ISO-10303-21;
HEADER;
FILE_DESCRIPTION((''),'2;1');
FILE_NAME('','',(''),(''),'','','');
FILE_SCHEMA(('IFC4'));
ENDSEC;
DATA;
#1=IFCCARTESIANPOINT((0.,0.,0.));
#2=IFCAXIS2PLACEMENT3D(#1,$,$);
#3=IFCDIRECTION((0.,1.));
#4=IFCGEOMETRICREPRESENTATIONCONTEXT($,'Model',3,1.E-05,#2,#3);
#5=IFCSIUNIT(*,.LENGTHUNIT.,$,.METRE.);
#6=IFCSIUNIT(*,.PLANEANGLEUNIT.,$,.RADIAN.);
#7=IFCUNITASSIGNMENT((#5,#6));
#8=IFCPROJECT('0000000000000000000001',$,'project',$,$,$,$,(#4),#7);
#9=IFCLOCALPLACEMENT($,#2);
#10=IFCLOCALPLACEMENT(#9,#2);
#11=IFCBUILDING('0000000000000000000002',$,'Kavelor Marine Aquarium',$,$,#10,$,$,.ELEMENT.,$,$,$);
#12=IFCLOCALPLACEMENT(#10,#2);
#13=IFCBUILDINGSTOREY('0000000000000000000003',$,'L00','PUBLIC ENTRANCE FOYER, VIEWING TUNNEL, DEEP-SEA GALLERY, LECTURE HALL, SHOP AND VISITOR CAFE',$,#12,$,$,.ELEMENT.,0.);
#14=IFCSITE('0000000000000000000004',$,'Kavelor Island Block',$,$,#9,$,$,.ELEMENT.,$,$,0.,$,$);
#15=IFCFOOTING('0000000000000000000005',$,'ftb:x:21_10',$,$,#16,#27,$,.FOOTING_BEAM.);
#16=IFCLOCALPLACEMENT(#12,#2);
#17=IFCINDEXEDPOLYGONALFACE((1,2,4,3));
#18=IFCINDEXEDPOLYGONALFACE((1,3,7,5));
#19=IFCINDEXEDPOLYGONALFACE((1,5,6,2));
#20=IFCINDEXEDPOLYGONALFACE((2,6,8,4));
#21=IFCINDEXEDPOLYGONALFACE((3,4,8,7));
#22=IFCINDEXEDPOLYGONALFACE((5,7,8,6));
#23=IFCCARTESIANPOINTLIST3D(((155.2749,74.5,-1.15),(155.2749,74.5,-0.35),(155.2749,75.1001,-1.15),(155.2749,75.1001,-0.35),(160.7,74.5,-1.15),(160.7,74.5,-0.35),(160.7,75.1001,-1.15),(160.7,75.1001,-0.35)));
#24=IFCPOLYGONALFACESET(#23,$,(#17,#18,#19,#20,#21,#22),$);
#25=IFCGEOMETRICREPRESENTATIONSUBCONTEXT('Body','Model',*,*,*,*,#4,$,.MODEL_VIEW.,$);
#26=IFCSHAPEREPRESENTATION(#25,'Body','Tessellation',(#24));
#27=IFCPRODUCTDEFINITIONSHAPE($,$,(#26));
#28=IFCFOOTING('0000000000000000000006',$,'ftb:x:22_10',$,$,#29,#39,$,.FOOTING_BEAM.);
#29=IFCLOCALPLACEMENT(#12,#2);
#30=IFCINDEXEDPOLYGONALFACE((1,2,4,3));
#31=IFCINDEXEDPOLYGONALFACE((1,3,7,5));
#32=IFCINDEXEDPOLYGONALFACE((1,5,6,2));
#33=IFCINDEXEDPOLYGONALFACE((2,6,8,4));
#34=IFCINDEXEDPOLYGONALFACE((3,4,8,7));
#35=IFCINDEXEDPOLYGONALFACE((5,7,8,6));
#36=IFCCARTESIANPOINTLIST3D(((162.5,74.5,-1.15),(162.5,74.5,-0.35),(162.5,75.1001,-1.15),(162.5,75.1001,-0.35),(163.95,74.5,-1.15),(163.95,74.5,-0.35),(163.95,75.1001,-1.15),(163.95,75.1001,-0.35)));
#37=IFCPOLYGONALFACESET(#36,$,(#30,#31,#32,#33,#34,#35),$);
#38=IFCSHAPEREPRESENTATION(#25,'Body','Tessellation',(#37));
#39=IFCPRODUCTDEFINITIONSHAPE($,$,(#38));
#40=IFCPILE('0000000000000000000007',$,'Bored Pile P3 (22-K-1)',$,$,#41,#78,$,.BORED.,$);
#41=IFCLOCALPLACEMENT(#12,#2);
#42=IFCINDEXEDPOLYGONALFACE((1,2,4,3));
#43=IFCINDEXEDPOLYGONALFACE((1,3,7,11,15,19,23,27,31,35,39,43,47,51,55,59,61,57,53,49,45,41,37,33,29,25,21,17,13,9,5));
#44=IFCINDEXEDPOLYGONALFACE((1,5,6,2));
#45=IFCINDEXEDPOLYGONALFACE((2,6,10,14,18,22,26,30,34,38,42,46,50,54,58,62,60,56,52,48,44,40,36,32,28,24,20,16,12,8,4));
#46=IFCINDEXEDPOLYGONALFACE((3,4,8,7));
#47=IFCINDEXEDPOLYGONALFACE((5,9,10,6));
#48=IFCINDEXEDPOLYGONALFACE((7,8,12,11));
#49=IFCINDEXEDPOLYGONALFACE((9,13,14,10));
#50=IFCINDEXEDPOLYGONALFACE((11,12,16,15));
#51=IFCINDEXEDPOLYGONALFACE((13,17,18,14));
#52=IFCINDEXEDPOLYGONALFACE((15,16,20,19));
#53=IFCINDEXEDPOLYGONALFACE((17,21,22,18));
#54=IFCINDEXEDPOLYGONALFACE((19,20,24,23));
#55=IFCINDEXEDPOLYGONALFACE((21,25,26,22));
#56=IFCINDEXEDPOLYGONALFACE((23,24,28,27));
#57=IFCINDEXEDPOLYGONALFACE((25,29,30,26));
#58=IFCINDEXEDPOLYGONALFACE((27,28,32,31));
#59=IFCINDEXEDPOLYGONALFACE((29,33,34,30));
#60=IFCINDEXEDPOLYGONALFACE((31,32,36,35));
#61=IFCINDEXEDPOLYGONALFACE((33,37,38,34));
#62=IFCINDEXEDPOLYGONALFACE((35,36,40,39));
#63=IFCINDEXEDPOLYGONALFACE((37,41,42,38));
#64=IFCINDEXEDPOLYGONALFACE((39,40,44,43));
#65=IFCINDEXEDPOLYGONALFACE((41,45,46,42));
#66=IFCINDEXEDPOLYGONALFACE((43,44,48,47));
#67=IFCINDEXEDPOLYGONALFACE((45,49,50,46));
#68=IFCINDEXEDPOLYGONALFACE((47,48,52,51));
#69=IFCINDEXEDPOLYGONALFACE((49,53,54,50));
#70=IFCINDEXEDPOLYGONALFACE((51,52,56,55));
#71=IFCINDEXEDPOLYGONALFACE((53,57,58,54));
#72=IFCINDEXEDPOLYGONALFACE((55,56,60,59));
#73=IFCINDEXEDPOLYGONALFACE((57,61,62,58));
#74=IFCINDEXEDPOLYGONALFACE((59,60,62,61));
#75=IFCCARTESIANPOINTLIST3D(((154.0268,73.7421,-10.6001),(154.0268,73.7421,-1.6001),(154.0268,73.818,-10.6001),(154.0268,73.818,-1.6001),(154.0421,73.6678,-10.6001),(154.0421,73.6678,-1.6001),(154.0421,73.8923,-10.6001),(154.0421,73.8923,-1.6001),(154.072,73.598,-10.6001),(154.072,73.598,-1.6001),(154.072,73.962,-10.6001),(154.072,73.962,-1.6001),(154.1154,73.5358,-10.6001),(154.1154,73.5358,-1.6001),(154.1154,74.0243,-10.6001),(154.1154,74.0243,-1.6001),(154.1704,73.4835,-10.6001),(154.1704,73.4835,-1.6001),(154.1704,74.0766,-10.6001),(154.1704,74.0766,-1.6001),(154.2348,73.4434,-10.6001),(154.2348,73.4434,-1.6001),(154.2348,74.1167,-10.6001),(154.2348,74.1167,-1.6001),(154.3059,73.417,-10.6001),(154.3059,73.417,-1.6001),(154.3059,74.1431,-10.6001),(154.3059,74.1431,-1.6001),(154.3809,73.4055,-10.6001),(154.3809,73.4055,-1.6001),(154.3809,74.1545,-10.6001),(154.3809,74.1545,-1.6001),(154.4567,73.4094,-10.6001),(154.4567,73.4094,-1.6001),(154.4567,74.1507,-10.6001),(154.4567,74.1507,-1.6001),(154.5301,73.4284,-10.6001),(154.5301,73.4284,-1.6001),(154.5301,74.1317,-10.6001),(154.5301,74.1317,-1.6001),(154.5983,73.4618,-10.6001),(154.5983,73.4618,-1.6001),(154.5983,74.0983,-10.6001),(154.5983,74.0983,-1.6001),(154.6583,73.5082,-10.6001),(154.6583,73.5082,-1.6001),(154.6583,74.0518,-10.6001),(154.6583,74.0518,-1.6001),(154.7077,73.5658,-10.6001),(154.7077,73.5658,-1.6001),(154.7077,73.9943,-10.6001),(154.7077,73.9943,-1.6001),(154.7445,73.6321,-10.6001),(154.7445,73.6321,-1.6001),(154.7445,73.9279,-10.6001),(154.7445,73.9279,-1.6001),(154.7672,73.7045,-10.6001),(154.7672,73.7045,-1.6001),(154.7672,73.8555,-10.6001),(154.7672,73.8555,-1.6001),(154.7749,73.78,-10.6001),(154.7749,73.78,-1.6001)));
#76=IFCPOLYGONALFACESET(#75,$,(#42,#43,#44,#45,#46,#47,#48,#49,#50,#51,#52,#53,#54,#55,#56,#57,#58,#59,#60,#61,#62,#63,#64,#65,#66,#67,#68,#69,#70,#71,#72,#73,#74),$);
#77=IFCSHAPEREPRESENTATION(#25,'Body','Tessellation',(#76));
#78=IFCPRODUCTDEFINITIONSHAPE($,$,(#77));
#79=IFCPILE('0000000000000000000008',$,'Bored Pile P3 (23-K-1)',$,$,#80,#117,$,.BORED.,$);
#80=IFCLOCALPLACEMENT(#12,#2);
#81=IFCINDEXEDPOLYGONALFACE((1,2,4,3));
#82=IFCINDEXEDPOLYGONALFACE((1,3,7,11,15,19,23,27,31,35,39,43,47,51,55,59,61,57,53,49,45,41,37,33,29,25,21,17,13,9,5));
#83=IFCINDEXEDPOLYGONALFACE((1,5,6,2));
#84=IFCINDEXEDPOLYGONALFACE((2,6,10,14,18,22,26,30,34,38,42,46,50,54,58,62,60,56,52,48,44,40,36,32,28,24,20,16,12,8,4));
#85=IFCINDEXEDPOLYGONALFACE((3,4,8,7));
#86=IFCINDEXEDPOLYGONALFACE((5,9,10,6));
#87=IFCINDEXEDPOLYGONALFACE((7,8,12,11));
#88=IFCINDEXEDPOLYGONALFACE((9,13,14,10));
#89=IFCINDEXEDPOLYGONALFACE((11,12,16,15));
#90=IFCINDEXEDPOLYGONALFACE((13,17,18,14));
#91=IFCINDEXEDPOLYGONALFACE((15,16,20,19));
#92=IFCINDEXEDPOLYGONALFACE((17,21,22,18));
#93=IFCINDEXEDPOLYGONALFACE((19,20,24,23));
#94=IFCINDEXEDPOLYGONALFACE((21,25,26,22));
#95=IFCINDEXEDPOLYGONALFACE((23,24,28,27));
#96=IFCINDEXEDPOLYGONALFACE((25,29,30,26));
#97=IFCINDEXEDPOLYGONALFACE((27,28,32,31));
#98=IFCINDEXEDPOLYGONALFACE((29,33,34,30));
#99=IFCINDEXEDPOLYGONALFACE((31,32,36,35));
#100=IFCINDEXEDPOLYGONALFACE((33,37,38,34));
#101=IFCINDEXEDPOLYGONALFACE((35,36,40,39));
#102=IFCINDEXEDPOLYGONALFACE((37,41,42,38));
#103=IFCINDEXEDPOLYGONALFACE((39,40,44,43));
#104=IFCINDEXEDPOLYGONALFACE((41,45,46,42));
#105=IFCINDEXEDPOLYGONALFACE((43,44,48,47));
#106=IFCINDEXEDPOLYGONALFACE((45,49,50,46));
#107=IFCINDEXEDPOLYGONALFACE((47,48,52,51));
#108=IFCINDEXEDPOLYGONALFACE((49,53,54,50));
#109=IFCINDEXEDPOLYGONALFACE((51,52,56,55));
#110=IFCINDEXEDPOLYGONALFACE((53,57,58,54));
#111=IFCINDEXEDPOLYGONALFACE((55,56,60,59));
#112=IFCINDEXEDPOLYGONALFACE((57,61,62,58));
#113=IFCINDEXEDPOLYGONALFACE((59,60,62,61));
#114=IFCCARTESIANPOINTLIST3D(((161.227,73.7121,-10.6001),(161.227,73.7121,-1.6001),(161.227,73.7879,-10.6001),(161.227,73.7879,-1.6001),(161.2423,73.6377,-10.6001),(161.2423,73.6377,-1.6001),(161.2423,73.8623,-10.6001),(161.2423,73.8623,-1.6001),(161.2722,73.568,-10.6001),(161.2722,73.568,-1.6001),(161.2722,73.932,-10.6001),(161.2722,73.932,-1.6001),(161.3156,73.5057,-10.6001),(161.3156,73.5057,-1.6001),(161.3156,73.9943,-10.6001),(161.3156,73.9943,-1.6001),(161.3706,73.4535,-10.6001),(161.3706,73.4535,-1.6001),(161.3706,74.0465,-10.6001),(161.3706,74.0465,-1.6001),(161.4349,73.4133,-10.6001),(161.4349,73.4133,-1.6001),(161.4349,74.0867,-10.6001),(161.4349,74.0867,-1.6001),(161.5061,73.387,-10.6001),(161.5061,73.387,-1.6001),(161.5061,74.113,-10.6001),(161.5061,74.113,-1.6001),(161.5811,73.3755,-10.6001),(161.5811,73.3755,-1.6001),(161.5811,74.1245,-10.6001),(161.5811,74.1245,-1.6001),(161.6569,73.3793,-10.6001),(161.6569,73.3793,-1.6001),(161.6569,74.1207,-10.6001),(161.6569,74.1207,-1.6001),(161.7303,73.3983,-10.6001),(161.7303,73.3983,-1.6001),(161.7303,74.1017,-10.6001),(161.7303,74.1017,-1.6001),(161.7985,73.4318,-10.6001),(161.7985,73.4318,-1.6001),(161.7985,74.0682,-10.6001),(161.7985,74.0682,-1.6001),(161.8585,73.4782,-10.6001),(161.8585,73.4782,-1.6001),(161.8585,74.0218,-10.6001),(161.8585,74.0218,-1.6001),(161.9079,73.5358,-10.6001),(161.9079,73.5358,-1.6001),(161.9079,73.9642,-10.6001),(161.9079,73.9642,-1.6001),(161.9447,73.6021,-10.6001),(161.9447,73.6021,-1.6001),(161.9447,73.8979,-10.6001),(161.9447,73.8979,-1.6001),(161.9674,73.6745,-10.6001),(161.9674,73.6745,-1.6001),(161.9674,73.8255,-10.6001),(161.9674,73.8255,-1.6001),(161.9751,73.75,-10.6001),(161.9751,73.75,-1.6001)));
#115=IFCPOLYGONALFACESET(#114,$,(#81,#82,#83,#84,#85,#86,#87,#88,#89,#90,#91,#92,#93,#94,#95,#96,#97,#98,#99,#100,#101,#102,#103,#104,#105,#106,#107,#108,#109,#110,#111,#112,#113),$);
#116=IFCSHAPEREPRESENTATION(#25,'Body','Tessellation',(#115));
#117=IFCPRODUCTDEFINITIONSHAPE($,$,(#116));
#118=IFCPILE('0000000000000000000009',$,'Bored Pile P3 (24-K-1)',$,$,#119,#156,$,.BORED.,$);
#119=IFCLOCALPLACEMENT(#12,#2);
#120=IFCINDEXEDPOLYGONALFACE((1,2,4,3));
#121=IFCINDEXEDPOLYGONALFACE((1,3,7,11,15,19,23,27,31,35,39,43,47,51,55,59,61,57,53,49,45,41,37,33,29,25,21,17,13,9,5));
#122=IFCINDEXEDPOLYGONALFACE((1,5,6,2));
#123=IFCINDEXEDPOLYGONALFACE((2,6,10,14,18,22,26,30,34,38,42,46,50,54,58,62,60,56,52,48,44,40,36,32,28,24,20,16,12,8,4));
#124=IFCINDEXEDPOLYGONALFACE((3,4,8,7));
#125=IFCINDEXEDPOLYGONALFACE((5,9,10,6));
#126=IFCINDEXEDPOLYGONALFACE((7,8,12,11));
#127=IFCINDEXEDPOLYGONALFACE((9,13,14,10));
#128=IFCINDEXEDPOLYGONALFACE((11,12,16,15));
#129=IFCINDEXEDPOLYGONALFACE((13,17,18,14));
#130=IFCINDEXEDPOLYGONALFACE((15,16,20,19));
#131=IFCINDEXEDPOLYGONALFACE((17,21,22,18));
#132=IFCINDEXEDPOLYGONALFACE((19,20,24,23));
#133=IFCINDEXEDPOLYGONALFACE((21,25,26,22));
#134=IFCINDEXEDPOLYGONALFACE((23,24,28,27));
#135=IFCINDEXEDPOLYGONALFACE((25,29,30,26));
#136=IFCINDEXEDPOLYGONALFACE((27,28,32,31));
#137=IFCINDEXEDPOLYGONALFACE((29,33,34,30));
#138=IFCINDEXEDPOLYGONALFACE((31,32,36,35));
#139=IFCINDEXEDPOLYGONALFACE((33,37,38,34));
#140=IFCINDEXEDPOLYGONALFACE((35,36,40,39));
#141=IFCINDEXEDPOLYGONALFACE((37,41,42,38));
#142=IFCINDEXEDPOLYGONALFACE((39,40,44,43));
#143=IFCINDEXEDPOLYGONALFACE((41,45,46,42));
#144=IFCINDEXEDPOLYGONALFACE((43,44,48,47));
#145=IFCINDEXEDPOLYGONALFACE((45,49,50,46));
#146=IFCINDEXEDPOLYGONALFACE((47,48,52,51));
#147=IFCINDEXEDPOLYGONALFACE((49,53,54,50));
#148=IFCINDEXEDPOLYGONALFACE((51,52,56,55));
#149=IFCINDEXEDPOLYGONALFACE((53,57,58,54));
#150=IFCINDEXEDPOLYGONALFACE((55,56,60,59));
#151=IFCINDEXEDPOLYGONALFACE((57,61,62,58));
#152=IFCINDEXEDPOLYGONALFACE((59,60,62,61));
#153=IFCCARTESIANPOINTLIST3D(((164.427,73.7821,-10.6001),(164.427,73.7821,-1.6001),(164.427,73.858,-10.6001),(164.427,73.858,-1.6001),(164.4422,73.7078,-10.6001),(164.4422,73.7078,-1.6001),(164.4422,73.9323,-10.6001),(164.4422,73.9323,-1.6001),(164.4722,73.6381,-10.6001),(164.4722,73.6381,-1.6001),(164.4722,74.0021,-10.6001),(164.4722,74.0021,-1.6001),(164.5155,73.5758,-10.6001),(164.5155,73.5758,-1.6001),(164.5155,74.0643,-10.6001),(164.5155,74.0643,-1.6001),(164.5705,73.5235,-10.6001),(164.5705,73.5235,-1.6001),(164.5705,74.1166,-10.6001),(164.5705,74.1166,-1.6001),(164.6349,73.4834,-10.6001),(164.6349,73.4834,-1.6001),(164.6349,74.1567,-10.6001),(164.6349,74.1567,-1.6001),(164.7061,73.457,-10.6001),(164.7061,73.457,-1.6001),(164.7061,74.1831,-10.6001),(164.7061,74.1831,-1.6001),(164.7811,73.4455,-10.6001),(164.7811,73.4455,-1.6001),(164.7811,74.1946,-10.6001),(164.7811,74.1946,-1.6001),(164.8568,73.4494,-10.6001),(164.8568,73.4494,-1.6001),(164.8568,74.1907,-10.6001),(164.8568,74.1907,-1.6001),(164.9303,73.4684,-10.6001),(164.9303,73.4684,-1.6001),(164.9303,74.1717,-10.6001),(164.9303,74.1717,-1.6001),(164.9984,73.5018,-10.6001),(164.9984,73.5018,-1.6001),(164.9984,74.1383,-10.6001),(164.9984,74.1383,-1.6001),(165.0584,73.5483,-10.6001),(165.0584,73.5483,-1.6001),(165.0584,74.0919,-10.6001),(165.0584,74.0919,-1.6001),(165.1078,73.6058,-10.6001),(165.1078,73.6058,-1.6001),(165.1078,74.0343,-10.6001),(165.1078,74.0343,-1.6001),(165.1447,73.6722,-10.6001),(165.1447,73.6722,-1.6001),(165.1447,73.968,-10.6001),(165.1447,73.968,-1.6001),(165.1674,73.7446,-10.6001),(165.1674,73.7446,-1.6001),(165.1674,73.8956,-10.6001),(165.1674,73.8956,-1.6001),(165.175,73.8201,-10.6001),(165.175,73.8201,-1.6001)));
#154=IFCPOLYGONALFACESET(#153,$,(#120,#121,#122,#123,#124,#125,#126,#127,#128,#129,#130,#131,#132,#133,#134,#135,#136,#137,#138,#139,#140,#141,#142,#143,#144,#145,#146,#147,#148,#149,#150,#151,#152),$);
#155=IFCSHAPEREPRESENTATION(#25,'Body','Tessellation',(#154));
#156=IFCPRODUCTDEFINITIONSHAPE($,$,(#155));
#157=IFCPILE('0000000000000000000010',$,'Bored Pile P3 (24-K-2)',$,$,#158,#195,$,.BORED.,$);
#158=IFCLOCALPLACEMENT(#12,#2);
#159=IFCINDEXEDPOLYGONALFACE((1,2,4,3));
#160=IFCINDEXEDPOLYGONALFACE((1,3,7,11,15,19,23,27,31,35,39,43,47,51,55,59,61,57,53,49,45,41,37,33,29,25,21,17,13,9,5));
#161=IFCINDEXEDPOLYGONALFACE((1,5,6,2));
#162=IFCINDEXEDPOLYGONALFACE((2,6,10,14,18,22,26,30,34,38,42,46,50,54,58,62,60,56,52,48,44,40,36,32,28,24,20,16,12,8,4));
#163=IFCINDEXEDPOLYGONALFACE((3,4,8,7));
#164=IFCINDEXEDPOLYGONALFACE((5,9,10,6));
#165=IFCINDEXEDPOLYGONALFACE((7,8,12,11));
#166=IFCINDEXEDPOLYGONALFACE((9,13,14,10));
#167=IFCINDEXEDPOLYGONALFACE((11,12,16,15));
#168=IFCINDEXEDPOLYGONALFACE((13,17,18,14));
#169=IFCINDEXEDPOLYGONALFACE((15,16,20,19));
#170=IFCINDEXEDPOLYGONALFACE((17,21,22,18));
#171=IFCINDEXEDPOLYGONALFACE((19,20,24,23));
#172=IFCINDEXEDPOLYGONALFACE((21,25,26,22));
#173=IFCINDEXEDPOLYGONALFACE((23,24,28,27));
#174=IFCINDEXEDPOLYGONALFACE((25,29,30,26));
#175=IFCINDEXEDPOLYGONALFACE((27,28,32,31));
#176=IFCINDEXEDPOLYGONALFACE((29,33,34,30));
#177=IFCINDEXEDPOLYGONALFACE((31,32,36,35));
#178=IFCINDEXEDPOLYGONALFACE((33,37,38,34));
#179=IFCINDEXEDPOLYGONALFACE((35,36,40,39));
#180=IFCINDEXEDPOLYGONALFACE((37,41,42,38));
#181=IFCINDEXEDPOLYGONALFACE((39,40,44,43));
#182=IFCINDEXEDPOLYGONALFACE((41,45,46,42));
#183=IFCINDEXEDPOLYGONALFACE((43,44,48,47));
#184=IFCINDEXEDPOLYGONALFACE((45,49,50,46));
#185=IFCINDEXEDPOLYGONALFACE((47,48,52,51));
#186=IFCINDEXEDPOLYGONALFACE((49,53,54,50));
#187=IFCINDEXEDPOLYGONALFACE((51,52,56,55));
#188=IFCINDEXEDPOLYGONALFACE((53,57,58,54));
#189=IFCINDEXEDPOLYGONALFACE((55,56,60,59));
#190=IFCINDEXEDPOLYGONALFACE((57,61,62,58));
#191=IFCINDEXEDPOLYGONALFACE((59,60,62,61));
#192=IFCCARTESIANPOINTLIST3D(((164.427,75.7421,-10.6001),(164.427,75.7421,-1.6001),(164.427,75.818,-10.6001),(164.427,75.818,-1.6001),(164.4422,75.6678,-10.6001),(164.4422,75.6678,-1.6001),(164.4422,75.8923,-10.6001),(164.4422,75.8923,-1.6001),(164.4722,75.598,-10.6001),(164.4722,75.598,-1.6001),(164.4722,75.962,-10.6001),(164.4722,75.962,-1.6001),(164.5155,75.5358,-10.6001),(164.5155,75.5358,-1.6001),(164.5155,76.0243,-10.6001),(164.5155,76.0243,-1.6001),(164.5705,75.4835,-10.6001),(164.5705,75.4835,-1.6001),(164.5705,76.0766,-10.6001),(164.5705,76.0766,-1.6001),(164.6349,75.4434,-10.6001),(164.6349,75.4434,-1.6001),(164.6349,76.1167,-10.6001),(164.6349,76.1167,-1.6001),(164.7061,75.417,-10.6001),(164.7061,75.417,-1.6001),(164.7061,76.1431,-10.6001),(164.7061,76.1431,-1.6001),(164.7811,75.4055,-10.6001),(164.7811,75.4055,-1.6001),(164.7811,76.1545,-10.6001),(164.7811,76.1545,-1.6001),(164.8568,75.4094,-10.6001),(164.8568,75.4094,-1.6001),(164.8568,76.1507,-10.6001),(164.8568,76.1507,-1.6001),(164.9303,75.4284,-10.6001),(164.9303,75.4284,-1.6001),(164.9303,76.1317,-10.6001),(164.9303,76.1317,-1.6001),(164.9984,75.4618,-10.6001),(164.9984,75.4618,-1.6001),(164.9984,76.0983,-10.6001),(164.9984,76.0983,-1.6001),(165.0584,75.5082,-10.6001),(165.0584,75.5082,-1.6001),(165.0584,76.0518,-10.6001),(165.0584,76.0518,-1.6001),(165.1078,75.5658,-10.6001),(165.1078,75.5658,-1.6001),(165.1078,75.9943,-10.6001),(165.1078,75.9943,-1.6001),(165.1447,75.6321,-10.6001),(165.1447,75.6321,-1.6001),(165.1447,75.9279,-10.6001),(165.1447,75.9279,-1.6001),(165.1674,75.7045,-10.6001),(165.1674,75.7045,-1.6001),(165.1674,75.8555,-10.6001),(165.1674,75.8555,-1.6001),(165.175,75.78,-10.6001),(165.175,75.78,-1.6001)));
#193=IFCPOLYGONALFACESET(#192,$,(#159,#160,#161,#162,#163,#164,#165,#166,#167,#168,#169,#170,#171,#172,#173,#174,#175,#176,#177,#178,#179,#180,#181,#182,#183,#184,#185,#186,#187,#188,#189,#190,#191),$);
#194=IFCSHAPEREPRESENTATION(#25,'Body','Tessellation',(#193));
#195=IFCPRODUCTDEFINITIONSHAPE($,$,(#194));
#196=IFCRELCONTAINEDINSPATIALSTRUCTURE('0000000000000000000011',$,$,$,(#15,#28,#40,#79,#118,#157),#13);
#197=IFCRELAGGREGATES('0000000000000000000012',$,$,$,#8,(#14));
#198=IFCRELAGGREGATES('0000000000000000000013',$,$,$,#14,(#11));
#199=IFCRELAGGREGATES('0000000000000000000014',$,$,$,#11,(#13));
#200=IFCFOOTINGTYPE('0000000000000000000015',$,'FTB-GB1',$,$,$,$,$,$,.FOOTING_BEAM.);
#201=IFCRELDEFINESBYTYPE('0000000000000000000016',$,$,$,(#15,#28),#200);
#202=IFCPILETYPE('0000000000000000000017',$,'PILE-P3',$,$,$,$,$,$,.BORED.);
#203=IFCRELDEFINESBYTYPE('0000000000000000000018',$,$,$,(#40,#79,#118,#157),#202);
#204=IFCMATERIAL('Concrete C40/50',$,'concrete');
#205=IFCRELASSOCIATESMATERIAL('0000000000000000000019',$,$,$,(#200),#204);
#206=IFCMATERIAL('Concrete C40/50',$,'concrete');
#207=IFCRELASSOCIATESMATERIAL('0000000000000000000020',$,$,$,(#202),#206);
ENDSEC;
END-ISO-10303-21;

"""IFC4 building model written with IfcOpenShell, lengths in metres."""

from ifc_helpers import new_model, si_unit, direction, frame, origin, origin_2d, place, context, subcontext, project, spatial, rectangle, circle, extrude, material, material_profile, profile_set, type_object, element, save


model = new_model("IFC4")

# Units and contexts
model_context = context("Model", 3, precision=1e-05, world=origin(), true_north=direction((0.0, 1.0)))
body_context = subcontext(model_context, "Body", "Model", "MODEL_VIEW")
ifc_project = project(units=[si_unit("LENGTHUNIT", "METRE"), si_unit("PLANEANGLEUNIT", "RADIAN")], contexts=[model_context])

# Site, building, storey
site_placement = place(None, origin())
site = spatial("IfcSite", under=ifc_project, at=site_placement, Name="Kavelor Island Block", CompositionType="ELEMENT", RefElevation=0.0)
building_placement = place(site_placement, origin())
building = spatial("IfcBuilding", under=site, at=building_placement, Name="Kavelor Marine Aquarium", CompositionType="ELEMENT")
storey_placement = place(building_placement, origin())
storey = spatial("IfcBuildingStorey", under=building, at=storey_placement, Name="L00", Description="PUBLIC ENTRANCE FOYER, VIEWING TUNNEL, DEEP-SEA GALLERY, LECTURE HALL, SHOP AND VISITOR CAFE", CompositionType="ELEMENT", Elevation=0.0)

# Footings
ifc_material_1 = material(Name="Concrete C40/50", Category="concrete")
ifc_material_profile_1 = material_profile(ifc_material_1, rectangle(XDim=0.6001, YDim=0.8, at=origin_2d()), Name="GB 600x800")
ifc_profile_set_1 = profile_set([ifc_material_profile_1], Name="Concrete C40/50")
footing_type = type_object("IfcFootingType", Name="FTB-GB1", PredefinedType="FOOTING_BEAM", material=ifc_profile_set_1)
footing_1_placement = place(storey_placement, frame((155.2749, 74.8, -0.75), z_axis=(1.0, 0.0, 0.0), x_axis=(0.0, 1.0, 0.0)))
element("IfcFooting", 1, at=footing_1_placement, inside=storey, type_object=footing_type, Name="ftb:x:21_10", PredefinedType="FOOTING_BEAM", context=body_context, shape_type="SweptSolid", body=[
    extrude(rectangle(XDim=0.6001, YDim=0.8, at=origin_2d()), origin(), (0.0, 0.0, 1.0), 5.425),
])
footing_2_placement = place(storey_placement, frame((162.5, 74.8, -0.75), z_axis=(1.0, 0.0, 0.0), x_axis=(0.0, 1.0, 0.0)))
element("IfcFooting", 2, at=footing_2_placement, inside=storey, type_object=footing_type, Name="ftb:x:22_10", PredefinedType="FOOTING_BEAM", context=body_context, shape_type="SweptSolid", body=[
    extrude(rectangle(XDim=0.6001, YDim=0.8, at=origin_2d()), origin(), (0.0, 0.0, 1.0), 1.45),
])

# Piles
ifc_material_2 = material(Name="Concrete C40/50", Category="concrete")
ifc_material_profile_2 = material_profile(ifc_material_2, circle(Radius=0.375, at=origin_2d()), Name="PILE D750")
ifc_profile_set_2 = profile_set([ifc_material_profile_2], Name="Concrete C40/50")
pile_type = type_object("IfcPileType", Name="PILE-P3", PredefinedType="BORED", material=ifc_profile_set_2)
for number, where, z_axis, x_axis, name in (
    (3, (154.3999, 73.78, -1.6001), (0.0, 0.0, -1.0), (1.0, 0.0, 0.0), "Bored Pile P3 (22-K-1)"),
    (4, (161.6001, 73.75, -1.6001), (0.0, 0.0, -1.0), (1.0, 0.0, 0.0), "Bored Pile P3 (23-K-1)"),
    (5, (164.8, 73.8201, -1.6001), (0.0, 0.0, -1.0), (1.0, 0.0, 0.0), "Bored Pile P3 (24-K-1)"),
    (6, (164.8, 75.78, -1.6001), (0.0, 0.0, -1.0), (1.0, 0.0, 0.0), "Bored Pile P3 (24-K-2)"),
):
    element("IfcPile", number, at=place(storey_placement, frame(where, z_axis=z_axis, x_axis=x_axis)), inside=storey, type_object=pile_type, Name=name, PredefinedType="BORED", context=body_context, shape_type="SweptSolid", body=[
        extrude(circle(Radius=0.375, at=origin_2d()), origin(), (0.0, 0.0, 1.0), 9.0),
    ])

save(model, "model.ifc")
